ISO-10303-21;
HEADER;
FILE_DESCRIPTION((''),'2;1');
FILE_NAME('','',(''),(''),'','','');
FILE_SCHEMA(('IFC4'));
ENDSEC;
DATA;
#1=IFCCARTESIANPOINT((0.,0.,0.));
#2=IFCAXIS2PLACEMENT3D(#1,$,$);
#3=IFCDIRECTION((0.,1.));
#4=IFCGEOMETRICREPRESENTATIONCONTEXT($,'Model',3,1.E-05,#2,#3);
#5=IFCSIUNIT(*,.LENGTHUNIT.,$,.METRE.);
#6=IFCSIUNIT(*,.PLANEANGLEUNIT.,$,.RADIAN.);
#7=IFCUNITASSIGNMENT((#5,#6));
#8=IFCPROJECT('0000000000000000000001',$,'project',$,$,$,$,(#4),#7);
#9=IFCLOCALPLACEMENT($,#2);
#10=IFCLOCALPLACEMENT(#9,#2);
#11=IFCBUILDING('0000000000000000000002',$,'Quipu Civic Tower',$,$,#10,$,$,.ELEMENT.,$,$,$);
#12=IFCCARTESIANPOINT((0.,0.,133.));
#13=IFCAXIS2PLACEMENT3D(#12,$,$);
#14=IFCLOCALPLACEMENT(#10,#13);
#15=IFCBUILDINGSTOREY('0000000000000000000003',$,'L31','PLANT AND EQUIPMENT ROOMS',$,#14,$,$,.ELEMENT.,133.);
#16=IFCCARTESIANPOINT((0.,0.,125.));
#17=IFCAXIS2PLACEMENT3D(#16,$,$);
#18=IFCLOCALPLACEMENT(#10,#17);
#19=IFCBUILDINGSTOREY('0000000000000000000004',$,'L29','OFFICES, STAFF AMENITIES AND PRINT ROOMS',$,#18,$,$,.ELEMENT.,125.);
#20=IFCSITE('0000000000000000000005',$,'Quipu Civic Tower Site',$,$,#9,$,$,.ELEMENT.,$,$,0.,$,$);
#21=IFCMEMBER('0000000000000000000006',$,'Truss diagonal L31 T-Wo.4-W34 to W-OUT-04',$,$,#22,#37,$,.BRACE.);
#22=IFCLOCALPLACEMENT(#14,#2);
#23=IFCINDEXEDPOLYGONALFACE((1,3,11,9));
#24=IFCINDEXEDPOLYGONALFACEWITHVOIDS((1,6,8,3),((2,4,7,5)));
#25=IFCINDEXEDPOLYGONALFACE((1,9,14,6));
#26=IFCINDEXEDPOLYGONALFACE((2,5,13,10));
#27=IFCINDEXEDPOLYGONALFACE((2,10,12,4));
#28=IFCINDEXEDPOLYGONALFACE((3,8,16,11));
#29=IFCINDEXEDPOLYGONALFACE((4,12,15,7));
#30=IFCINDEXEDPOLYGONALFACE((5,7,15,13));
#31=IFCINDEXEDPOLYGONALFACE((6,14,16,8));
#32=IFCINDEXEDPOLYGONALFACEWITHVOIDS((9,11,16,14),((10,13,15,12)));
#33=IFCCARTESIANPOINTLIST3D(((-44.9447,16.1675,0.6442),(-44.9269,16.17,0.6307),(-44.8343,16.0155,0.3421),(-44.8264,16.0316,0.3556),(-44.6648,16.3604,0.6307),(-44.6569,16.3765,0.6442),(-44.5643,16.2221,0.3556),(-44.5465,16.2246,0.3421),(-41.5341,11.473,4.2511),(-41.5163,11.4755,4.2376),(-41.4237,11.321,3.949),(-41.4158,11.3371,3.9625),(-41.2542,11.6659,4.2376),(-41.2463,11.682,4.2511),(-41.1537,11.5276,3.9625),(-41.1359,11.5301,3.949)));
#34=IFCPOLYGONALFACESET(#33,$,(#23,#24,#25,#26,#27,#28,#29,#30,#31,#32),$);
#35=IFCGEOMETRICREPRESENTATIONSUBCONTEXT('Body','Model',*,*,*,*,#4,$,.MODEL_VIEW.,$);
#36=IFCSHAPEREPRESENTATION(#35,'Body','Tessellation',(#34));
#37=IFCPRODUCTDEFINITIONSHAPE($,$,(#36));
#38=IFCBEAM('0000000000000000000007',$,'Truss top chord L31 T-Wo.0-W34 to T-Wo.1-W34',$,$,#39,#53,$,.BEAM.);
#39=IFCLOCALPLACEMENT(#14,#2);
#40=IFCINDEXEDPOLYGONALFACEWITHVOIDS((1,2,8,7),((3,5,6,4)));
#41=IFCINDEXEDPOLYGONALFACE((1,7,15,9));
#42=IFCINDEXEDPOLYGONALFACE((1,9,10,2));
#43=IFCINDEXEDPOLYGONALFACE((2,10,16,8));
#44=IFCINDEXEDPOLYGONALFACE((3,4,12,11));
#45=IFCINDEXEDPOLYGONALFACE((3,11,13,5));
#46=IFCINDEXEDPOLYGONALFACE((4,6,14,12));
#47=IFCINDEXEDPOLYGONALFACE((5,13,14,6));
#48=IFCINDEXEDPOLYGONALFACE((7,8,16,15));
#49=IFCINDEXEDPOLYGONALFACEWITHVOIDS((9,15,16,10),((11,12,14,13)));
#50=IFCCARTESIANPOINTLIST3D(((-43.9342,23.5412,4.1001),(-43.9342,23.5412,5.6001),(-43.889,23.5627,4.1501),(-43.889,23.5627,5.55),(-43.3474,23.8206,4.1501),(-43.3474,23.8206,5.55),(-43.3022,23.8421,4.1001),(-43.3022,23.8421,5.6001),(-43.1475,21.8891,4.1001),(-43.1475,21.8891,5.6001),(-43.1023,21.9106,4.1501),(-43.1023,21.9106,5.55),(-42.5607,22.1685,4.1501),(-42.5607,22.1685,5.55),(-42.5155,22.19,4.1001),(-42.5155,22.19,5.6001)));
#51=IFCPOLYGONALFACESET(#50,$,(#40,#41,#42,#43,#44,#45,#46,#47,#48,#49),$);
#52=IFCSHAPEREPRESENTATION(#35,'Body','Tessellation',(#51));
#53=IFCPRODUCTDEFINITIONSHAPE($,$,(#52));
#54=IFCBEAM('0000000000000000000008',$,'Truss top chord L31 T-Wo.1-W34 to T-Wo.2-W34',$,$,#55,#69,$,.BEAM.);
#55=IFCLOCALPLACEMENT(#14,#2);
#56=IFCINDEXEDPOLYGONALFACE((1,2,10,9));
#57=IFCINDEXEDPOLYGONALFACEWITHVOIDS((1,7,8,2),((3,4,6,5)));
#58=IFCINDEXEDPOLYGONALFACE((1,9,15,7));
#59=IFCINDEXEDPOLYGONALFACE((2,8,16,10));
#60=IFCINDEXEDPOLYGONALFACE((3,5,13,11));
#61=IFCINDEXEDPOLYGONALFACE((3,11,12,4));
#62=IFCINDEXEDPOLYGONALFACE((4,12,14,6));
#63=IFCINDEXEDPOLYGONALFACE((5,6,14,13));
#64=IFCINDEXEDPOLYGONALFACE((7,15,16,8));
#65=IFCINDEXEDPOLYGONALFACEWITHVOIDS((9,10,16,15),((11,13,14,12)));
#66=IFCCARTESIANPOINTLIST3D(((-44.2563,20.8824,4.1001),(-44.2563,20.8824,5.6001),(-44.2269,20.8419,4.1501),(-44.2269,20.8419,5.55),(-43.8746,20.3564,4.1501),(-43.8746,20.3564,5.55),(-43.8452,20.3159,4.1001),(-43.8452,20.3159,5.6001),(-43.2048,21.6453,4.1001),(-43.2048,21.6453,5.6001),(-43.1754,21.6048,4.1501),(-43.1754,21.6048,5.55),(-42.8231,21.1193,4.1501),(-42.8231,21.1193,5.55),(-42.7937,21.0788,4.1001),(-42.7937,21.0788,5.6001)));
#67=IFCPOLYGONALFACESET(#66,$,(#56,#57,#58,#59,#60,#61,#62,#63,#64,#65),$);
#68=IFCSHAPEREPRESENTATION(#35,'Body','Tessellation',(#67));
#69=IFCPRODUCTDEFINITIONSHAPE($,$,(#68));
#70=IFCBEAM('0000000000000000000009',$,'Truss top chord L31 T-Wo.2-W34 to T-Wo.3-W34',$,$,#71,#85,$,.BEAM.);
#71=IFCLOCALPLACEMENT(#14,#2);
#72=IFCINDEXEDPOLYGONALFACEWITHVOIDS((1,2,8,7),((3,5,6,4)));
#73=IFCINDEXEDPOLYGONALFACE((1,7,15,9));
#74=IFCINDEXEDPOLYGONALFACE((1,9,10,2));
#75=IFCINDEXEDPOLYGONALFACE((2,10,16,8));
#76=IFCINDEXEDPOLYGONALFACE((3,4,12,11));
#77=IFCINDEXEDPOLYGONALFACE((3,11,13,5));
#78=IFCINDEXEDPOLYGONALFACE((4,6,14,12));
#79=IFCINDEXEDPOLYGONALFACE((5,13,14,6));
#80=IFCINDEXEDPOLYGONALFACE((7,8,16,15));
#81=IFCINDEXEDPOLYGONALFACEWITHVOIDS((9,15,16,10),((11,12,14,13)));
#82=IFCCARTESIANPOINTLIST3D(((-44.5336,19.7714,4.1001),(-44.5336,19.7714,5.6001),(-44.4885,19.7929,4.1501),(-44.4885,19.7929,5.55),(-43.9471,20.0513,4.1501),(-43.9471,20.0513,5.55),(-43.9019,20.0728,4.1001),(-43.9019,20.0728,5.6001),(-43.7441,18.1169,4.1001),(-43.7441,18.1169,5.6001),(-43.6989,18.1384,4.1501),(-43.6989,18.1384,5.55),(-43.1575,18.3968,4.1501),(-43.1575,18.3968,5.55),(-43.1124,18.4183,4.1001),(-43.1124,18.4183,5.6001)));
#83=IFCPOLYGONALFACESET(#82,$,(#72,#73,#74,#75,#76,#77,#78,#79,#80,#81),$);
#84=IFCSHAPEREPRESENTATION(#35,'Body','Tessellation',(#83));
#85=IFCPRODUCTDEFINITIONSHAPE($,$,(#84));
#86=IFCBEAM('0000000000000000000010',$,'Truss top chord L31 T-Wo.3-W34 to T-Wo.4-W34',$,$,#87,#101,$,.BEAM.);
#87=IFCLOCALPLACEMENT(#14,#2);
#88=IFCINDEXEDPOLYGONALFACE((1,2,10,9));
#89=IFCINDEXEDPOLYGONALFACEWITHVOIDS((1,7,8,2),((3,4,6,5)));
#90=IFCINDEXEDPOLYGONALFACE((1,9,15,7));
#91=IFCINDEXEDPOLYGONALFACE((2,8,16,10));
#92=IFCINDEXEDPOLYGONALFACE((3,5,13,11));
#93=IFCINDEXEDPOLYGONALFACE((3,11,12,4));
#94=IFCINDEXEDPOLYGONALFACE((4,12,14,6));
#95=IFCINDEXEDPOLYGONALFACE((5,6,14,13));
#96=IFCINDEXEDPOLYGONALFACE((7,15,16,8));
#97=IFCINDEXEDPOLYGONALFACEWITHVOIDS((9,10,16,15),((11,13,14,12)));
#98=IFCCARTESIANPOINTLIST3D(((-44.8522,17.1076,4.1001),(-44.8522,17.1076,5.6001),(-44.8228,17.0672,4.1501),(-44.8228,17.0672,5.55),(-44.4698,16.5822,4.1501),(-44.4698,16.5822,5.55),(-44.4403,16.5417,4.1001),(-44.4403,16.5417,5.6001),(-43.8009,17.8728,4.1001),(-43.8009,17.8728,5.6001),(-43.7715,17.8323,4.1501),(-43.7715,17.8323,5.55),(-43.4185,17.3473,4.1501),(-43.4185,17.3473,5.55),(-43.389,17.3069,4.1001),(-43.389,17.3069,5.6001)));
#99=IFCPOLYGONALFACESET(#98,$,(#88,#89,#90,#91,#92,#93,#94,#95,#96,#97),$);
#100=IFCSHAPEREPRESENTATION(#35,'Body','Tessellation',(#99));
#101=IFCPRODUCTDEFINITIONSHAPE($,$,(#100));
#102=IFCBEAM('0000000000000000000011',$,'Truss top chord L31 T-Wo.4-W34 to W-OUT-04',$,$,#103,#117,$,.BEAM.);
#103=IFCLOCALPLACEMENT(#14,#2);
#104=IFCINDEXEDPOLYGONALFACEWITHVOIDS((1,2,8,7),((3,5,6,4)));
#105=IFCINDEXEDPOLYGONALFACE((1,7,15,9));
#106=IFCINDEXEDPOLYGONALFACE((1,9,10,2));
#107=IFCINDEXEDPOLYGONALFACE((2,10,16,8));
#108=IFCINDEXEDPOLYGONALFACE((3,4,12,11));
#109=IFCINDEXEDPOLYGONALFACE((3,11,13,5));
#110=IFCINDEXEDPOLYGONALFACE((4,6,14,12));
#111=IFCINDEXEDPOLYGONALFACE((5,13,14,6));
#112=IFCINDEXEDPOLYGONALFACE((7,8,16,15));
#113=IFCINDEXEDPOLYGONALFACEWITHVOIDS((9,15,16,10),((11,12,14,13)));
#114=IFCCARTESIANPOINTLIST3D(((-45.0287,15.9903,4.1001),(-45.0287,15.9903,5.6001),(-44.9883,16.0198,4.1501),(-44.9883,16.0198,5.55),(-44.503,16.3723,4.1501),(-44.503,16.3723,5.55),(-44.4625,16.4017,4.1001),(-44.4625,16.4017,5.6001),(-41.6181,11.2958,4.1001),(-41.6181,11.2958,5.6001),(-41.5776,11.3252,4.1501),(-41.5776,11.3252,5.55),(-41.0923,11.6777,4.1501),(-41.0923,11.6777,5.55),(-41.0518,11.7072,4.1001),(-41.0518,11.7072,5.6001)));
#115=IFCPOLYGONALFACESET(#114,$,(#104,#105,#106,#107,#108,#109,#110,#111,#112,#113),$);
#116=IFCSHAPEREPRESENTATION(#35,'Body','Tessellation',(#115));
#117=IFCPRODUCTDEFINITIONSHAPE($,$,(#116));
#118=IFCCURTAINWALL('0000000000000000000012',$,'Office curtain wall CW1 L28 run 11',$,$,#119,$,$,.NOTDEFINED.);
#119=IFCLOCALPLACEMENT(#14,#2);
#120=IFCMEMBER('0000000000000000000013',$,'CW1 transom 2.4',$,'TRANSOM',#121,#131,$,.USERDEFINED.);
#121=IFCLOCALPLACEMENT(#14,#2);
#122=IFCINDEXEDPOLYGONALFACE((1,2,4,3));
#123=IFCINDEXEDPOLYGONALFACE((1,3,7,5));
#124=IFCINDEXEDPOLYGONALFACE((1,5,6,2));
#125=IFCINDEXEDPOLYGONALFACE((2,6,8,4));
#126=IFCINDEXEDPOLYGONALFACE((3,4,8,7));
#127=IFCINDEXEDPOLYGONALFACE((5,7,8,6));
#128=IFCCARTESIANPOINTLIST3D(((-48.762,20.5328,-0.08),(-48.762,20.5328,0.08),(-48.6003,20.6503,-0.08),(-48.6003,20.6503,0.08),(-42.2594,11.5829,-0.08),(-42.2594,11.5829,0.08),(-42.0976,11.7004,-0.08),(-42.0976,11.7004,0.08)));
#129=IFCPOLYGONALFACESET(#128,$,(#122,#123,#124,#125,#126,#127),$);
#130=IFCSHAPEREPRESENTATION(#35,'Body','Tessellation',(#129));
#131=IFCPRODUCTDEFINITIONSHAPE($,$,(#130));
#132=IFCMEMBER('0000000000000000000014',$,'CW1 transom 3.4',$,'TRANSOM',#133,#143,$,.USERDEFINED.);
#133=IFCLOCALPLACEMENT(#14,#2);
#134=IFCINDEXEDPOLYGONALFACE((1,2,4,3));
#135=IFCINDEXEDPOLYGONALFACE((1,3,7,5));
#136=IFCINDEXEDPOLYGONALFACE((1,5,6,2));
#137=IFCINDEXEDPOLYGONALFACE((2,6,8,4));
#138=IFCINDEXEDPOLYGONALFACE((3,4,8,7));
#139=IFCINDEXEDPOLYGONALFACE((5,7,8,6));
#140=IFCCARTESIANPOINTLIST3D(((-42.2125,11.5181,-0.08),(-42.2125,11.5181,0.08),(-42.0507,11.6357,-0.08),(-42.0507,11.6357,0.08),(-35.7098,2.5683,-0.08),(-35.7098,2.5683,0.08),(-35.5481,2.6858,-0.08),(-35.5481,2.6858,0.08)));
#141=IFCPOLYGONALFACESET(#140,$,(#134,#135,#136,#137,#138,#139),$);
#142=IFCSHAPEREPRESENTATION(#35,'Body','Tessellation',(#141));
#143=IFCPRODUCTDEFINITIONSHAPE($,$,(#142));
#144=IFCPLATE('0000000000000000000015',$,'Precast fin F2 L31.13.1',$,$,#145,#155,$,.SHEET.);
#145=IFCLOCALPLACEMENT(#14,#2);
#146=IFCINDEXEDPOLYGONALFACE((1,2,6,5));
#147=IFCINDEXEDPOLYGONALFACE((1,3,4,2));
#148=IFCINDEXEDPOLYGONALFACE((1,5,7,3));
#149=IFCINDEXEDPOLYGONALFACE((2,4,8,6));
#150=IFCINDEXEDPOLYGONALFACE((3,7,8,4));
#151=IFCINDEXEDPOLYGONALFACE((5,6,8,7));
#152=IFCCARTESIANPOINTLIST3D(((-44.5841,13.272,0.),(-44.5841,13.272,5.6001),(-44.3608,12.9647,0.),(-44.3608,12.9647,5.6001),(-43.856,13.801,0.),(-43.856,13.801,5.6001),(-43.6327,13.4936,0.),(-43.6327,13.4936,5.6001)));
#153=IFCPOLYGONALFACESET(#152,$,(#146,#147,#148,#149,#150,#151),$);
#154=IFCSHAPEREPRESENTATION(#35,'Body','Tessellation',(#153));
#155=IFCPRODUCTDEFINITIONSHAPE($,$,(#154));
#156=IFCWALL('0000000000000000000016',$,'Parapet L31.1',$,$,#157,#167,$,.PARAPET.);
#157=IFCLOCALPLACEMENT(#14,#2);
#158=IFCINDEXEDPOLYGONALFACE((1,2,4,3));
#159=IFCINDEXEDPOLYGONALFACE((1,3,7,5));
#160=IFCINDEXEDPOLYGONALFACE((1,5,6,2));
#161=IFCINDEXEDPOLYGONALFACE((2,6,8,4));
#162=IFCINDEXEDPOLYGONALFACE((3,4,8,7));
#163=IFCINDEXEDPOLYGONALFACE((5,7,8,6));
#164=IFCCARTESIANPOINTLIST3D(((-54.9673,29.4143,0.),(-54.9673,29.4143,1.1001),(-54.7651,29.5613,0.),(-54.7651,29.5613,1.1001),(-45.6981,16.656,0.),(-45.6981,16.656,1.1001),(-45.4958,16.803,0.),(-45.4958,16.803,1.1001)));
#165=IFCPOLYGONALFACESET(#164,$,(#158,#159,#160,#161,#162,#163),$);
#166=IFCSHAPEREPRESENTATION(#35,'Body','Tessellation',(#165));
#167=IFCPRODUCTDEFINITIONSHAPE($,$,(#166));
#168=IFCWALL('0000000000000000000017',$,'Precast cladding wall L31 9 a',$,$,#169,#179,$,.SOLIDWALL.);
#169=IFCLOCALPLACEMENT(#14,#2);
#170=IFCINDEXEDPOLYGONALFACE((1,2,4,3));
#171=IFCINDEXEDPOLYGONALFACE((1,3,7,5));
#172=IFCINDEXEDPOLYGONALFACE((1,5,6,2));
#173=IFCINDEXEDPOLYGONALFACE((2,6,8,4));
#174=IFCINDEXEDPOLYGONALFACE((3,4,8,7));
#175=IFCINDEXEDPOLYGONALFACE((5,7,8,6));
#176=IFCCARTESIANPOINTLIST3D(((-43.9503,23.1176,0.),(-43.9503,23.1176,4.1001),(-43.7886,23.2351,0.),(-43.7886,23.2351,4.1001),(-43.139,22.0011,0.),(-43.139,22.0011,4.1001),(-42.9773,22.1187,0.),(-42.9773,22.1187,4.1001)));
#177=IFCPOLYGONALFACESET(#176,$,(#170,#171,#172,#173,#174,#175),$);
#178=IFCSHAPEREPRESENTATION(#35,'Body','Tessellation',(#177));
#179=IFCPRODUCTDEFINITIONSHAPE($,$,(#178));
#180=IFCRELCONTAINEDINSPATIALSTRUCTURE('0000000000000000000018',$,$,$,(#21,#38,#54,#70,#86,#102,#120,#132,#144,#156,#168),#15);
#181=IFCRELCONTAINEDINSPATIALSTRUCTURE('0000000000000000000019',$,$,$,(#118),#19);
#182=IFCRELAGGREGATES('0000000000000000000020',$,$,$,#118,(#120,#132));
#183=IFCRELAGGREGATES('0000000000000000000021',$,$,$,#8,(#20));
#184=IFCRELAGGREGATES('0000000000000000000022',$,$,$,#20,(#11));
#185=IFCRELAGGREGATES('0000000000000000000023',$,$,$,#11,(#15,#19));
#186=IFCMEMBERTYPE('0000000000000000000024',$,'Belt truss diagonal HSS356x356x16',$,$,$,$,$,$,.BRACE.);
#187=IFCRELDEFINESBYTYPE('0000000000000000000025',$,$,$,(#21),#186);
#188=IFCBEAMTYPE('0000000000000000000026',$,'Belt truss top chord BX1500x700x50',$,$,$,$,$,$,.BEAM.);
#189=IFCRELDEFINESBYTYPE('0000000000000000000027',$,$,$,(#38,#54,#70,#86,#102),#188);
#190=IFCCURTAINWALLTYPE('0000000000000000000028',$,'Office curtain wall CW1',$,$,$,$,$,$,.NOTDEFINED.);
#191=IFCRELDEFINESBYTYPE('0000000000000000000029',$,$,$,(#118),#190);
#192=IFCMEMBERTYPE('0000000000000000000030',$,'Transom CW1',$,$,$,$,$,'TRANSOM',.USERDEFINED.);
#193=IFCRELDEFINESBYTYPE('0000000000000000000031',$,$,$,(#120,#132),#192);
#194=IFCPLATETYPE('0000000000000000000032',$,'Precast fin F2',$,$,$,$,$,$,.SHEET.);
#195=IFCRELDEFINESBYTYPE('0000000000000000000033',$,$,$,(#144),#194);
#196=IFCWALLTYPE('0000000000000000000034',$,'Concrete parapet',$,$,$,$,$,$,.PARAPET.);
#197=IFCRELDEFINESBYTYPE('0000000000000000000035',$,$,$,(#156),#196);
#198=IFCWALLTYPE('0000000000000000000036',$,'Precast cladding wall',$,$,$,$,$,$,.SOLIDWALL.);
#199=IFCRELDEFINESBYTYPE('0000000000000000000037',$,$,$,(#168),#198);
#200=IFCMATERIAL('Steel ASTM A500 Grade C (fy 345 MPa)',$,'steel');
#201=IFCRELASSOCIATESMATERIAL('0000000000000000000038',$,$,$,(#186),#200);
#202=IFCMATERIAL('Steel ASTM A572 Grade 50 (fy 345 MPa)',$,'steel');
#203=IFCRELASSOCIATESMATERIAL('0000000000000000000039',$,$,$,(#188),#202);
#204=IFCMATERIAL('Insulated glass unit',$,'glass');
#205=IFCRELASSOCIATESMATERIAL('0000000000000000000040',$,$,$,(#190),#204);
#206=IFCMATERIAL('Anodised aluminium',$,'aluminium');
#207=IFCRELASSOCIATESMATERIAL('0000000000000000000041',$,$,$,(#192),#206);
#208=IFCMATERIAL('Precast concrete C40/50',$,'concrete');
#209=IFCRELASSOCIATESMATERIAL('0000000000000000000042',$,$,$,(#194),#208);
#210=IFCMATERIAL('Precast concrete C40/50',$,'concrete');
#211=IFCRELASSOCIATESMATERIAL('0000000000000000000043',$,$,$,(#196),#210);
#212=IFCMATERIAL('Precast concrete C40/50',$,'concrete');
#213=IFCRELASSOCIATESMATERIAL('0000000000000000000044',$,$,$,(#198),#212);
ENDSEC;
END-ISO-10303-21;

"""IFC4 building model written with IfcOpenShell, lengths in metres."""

from ifc_helpers import new_model, si_unit, direction, frame, frame_2d, origin, origin_2d, place, context, subcontext, project, spatial, rectangle, hollow_rectangle, extrude, material, material_profile, profile_set, type_object, element, aggregate, save


model = new_model("IFC4")

# Units and contexts
model_context = context("Model", 3, precision=1e-05, world=origin(), true_north=direction((0.0, 1.0)))
body_context = subcontext(model_context, "Body", "Model", "MODEL_VIEW")
ifc_project = project(units=[si_unit("LENGTHUNIT", "METRE"), si_unit("PLANEANGLEUNIT", "RADIAN")], contexts=[model_context])

# Site, building, storey
site_placement = place(None, origin())
site = spatial("IfcSite", under=ifc_project, at=site_placement, Name="Quipu Civic Tower Site", CompositionType="ELEMENT", RefElevation=0.0)
building_placement = place(site_placement, origin())
building = spatial("IfcBuilding", under=site, at=building_placement, Name="Quipu Civic Tower", CompositionType="ELEMENT")
storey_1_placement = place(building_placement, frame((0.0, 0.0, 133.0)))
storey_1 = spatial("IfcBuildingStorey", under=building, at=storey_1_placement, Name="L31", Description="PLANT AND EQUIPMENT ROOMS", CompositionType="ELEMENT", Elevation=133.0)

# Member
ifc_material_1 = material(Name="Steel ASTM A500 Grade C (fy 345 MPa)", Category="steel")
ifc_material_profile_1 = material_profile(ifc_material_1, hollow_rectangle(XDim=0.3557, YDim=0.3557, WallThickness=0.0159, at=origin_2d()), Name="HSS356x356x16")
ifc_profile_set_1 = profile_set([ifc_material_profile_1], Name="Steel ASTM A500 Grade C (fy 345 MPa)")
member_type_1 = type_object("IfcMemberType", Name="Belt truss diagonal HSS356x356x16", PredefinedType="BRACE", material=ifc_profile_set_1)
member_1_placement = place(storey_1_placement, frame((-44.7456, 16.196, 0.4932), z_axis=(0.499188, -0.687107, 0.527917), x_axis=(0.809031, 0.587766, 0.0)))
element("IfcMember", 1, at=member_1_placement, inside=storey_1, type_object=member_type_1, Name="Truss diagonal L31 T-Wo.4-W34 to W-OUT-04", PredefinedType="BRACE", context=body_context, shape_type="SweptSolid", body=[
    extrude(hollow_rectangle(XDim=0.3557, YDim=0.3557, WallThickness=0.0159, at=origin_2d()), origin(), (0.0, 0.0, 1.0), 6.8323),
])

# Beams
ifc_material_2 = material(Name="Steel ASTM A572 Grade 50 (fy 345 MPa)", Category="steel")
ifc_material_profile_2 = material_profile(ifc_material_2, hollow_rectangle(XDim=0.7, YDim=1.5, WallThickness=0.05, at=origin_2d()), Name="BX1500x700x50")
ifc_profile_set_2 = profile_set([ifc_material_profile_2], Name="Steel ASTM A572 Grade 50 (fy 345 MPa)")
beam_type_1 = type_object("IfcBeamType", Name="Belt truss top chord BX1500x700x50", PredefinedType="BEAM", material=ifc_profile_set_2)
beam_1_placement = place(storey_1_placement, frame((-43.6182, 23.6917, 4.8501), z_axis=(0.429892, -0.90288, 0.0), x_axis=(0.90288, 0.429892, 0.0)))
element("IfcBeam", 2, at=beam_1_placement, inside=storey_1, type_object=beam_type_1, Name="Truss top chord L31 T-Wo.0-W34 to T-Wo.1-W34", PredefinedType="BEAM", context=body_context, shape_type="SweptSolid", body=[
    extrude(hollow_rectangle(XDim=0.7, YDim=1.5, WallThickness=0.05, at=origin_2d()), origin(), (0.0, 0.0, 1.0), 1.8298),
])
beam_2_placement = place(storey_1_placement, frame((-42.9993, 21.3621, 4.8501), z_axis=(-0.809394, -0.587266, 0.0), x_axis=(0.587266, -0.809394, 0.0)))
element("IfcBeam", 3, at=beam_2_placement, inside=storey_1, type_object=beam_type_1, Name="Truss top chord L31 T-Wo.1-W34 to T-Wo.2-W34", PredefinedType="BEAM", context=body_context, shape_type="SweptSolid", body=[
    extrude(hollow_rectangle(XDim=0.7, YDim=1.5, WallThickness=0.05, at=origin_2d()), origin(), (0.0, 0.0, 1.0), 1.2991),
])
beam_3_placement = place(storey_1_placement, frame((-44.2178, 19.9221, 4.8501), z_axis=(0.430678, -0.902506, 0.0), x_axis=(0.902506, 0.430678, 0.0)))
element("IfcBeam", 4, at=beam_3_placement, inside=storey_1, type_object=beam_type_1, Name="Truss top chord L31 T-Wo.2-W34 to T-Wo.3-W34", PredefinedType="BEAM", context=body_context, shape_type="SweptSolid", body=[
    extrude(hollow_rectangle(XDim=0.7, YDim=1.5, WallThickness=0.05, at=origin_2d()), origin(), (0.0, 0.0, 1.0), 1.8333),
])
beam_4_placement = place(storey_1_placement, frame((-43.595, 17.5898, 4.8501), z_axis=(-0.808525, -0.588462, 0.0), x_axis=(0.588462, -0.808525, 0.0)))
element("IfcBeam", 5, at=beam_4_placement, inside=storey_1, type_object=beam_type_1, Name="Truss top chord L31 T-Wo.3-W34 to T-Wo.4-W34", PredefinedType="BEAM", context=body_context, shape_type="SweptSolid", body=[
    extrude(hollow_rectangle(XDim=0.7, YDim=1.5, WallThickness=0.05, at=origin_2d()), origin(), (0.0, 0.0, 1.0), 1.3003),
])
beam_5_placement = place(storey_1_placement, frame((-44.7456, 16.196, 4.8501), z_axis=(0.587766, -0.809031, 0.0), x_axis=(0.809031, 0.587766, 0.0)))
element("IfcBeam", 6, at=beam_5_placement, inside=storey_1, type_object=beam_type_1, Name="Truss top chord L31 T-Wo.4-W34 to W-OUT-04", PredefinedType="BEAM", context=body_context, shape_type="SweptSolid", body=[
    extrude(hollow_rectangle(XDim=0.7, YDim=1.5, WallThickness=0.05, at=origin_2d()), origin(), (0.0, 0.0, 1.0), 5.8027),
])

# Shared definitions
storey_2_placement = place(building_placement, frame((0.0, 0.0, 125.0)))
storey_2 = spatial("IfcBuildingStorey", under=building, at=storey_2_placement, Name="L29", Description="OFFICES, STAFF AMENITIES AND PRINT ROOMS", CompositionType="ELEMENT", Elevation=125.0)

# Curtain wall, members
ifc_material_3 = material(Name="Insulated glass unit", Category="glass")
curtain_wall_type = type_object("IfcCurtainWallType", Name="Office curtain wall CW1", PredefinedType="NOTDEFINED", material=ifc_material_3)
curtain_wall_placement = place(storey_2_placement, origin())
curtain_wall = element("IfcCurtainWall", 7, at=curtain_wall_placement, inside=storey_2, type_object=curtain_wall_type, Name="Office curtain wall CW1 L28 run 11", PredefinedType="NOTDEFINED")
ifc_material_4 = material(Name="Anodised aluminium", Category="aluminium")
ifc_material_profile_3 = material_profile(ifc_material_4, rectangle(XDim=0.2, YDim=0.1599, at=origin_2d()), Name="RECT 200x160")
ifc_profile_set_3 = profile_set([ifc_material_profile_3], Name="Anodised aluminium")
member_type_2 = type_object("IfcMemberType", Name="Transom CW1", ElementType="TRANSOM", PredefinedType="USERDEFINED", material=ifc_profile_set_3)
member_2_placement = place(storey_1_placement, frame((-48.6812, 20.5916, 0.0), z_axis=(0.587795, -0.80901, 0.0), x_axis=(0.80901, 0.587795, 0.0)))
member_2 = element("IfcMember", 8, at=member_2_placement, inside=storey_1, type_object=member_type_2, Name="CW1 transom 2.4", ObjectType="TRANSOM", PredefinedType="USERDEFINED", context=body_context, shape_type="SweptSolid", body=[
    extrude(rectangle(XDim=0.2, YDim=0.1599, at=origin_2d()), origin(), (0.0, 0.0, 1.0), 11.0627),
])
member_3_placement = place(storey_1_placement, frame((-42.1316, 11.5769, 0.0), z_axis=(0.587795, -0.80901, 0.0), x_axis=(0.80901, 0.587795, 0.0)))
member_3 = element("IfcMember", 9, at=member_3_placement, inside=storey_1, type_object=member_type_2, Name="CW1 transom 3.4", ObjectType="TRANSOM", PredefinedType="USERDEFINED", context=body_context, shape_type="SweptSolid", body=[
    extrude(rectangle(XDim=0.2, YDim=0.1599, at=origin_2d()), origin(), (0.0, 0.0, 1.0), 11.0627),
])
aggregate(curtain_wall, [member_2, member_3])

# Plate
ifc_material_5 = material(Name="Precast concrete C40/50", Category="concrete")
plate_type = type_object("IfcPlateType", Name="Precast fin F2", PredefinedType="SHEET", material=ifc_material_5)
plate_placement = place(storey_1_placement, frame((-44.1084, 13.3828, 0.0), z_axis=(0.0, 0.0, 1.0), x_axis=(0.587786, -0.809017, 0.0)))
element("IfcPlate", 10, at=plate_placement, inside=storey_1, type_object=plate_type, Name="Precast fin F2 L31.13.1", PredefinedType="SHEET", context=body_context, shape_type="SweptSolid", body=[
    extrude(rectangle(XDim=0.3799, YDim=0.8999, at=origin_2d()), origin(), (0.0, 0.0, 1.0), 5.6001),
])

# Walls
ifc_material_6 = material(Name="Precast concrete C40/50", Category="concrete")
wall_type_1 = type_object("IfcWallType", Name="Concrete parapet", PredefinedType="PARAPET", material=ifc_material_6)
wall_1_placement = place(storey_1_placement, frame((-45.5969, 16.7295, 0.0), z_axis=(0.0, 0.0, 1.0), x_axis=(-0.587779, 0.809022, 0.0)))
element("IfcWall", 11, at=wall_1_placement, inside=storey_1, type_object=wall_type_1, Name="Parapet L31.1", PredefinedType="PARAPET", context=body_context, shape_type="SweptSolid", body=[
    extrude(rectangle(XDim=15.77, YDim=0.25, at=frame_2d((7.885, 0.0))), origin(), (0.0, 0.0, 1.0), 1.1001),
])
ifc_material_7 = material(Name="Precast concrete C40/50", Category="concrete")
wall_type_2 = type_object("IfcWallType", Name="Precast cladding wall", PredefinedType="SOLIDWALL", material=ifc_material_7)
wall_2_placement = place(storey_1_placement, frame((-43.8694, 23.1763, 0.0), z_axis=(0.0, 0.0, 1.0), x_axis=(0.587846, -0.808973, 0.0)))
element("IfcWall", 12, at=wall_2_placement, inside=storey_1, type_object=wall_type_2, Name="Precast cladding wall L31 9 a", PredefinedType="SOLIDWALL", context=body_context, shape_type="SweptSolid", body=[
    extrude(rectangle(XDim=1.3801, YDim=0.2, at=frame_2d((0.6899, 0.0))), origin(), (0.0, 0.0, 1.0), 4.1001),
])

save(model, "model.ifc")
